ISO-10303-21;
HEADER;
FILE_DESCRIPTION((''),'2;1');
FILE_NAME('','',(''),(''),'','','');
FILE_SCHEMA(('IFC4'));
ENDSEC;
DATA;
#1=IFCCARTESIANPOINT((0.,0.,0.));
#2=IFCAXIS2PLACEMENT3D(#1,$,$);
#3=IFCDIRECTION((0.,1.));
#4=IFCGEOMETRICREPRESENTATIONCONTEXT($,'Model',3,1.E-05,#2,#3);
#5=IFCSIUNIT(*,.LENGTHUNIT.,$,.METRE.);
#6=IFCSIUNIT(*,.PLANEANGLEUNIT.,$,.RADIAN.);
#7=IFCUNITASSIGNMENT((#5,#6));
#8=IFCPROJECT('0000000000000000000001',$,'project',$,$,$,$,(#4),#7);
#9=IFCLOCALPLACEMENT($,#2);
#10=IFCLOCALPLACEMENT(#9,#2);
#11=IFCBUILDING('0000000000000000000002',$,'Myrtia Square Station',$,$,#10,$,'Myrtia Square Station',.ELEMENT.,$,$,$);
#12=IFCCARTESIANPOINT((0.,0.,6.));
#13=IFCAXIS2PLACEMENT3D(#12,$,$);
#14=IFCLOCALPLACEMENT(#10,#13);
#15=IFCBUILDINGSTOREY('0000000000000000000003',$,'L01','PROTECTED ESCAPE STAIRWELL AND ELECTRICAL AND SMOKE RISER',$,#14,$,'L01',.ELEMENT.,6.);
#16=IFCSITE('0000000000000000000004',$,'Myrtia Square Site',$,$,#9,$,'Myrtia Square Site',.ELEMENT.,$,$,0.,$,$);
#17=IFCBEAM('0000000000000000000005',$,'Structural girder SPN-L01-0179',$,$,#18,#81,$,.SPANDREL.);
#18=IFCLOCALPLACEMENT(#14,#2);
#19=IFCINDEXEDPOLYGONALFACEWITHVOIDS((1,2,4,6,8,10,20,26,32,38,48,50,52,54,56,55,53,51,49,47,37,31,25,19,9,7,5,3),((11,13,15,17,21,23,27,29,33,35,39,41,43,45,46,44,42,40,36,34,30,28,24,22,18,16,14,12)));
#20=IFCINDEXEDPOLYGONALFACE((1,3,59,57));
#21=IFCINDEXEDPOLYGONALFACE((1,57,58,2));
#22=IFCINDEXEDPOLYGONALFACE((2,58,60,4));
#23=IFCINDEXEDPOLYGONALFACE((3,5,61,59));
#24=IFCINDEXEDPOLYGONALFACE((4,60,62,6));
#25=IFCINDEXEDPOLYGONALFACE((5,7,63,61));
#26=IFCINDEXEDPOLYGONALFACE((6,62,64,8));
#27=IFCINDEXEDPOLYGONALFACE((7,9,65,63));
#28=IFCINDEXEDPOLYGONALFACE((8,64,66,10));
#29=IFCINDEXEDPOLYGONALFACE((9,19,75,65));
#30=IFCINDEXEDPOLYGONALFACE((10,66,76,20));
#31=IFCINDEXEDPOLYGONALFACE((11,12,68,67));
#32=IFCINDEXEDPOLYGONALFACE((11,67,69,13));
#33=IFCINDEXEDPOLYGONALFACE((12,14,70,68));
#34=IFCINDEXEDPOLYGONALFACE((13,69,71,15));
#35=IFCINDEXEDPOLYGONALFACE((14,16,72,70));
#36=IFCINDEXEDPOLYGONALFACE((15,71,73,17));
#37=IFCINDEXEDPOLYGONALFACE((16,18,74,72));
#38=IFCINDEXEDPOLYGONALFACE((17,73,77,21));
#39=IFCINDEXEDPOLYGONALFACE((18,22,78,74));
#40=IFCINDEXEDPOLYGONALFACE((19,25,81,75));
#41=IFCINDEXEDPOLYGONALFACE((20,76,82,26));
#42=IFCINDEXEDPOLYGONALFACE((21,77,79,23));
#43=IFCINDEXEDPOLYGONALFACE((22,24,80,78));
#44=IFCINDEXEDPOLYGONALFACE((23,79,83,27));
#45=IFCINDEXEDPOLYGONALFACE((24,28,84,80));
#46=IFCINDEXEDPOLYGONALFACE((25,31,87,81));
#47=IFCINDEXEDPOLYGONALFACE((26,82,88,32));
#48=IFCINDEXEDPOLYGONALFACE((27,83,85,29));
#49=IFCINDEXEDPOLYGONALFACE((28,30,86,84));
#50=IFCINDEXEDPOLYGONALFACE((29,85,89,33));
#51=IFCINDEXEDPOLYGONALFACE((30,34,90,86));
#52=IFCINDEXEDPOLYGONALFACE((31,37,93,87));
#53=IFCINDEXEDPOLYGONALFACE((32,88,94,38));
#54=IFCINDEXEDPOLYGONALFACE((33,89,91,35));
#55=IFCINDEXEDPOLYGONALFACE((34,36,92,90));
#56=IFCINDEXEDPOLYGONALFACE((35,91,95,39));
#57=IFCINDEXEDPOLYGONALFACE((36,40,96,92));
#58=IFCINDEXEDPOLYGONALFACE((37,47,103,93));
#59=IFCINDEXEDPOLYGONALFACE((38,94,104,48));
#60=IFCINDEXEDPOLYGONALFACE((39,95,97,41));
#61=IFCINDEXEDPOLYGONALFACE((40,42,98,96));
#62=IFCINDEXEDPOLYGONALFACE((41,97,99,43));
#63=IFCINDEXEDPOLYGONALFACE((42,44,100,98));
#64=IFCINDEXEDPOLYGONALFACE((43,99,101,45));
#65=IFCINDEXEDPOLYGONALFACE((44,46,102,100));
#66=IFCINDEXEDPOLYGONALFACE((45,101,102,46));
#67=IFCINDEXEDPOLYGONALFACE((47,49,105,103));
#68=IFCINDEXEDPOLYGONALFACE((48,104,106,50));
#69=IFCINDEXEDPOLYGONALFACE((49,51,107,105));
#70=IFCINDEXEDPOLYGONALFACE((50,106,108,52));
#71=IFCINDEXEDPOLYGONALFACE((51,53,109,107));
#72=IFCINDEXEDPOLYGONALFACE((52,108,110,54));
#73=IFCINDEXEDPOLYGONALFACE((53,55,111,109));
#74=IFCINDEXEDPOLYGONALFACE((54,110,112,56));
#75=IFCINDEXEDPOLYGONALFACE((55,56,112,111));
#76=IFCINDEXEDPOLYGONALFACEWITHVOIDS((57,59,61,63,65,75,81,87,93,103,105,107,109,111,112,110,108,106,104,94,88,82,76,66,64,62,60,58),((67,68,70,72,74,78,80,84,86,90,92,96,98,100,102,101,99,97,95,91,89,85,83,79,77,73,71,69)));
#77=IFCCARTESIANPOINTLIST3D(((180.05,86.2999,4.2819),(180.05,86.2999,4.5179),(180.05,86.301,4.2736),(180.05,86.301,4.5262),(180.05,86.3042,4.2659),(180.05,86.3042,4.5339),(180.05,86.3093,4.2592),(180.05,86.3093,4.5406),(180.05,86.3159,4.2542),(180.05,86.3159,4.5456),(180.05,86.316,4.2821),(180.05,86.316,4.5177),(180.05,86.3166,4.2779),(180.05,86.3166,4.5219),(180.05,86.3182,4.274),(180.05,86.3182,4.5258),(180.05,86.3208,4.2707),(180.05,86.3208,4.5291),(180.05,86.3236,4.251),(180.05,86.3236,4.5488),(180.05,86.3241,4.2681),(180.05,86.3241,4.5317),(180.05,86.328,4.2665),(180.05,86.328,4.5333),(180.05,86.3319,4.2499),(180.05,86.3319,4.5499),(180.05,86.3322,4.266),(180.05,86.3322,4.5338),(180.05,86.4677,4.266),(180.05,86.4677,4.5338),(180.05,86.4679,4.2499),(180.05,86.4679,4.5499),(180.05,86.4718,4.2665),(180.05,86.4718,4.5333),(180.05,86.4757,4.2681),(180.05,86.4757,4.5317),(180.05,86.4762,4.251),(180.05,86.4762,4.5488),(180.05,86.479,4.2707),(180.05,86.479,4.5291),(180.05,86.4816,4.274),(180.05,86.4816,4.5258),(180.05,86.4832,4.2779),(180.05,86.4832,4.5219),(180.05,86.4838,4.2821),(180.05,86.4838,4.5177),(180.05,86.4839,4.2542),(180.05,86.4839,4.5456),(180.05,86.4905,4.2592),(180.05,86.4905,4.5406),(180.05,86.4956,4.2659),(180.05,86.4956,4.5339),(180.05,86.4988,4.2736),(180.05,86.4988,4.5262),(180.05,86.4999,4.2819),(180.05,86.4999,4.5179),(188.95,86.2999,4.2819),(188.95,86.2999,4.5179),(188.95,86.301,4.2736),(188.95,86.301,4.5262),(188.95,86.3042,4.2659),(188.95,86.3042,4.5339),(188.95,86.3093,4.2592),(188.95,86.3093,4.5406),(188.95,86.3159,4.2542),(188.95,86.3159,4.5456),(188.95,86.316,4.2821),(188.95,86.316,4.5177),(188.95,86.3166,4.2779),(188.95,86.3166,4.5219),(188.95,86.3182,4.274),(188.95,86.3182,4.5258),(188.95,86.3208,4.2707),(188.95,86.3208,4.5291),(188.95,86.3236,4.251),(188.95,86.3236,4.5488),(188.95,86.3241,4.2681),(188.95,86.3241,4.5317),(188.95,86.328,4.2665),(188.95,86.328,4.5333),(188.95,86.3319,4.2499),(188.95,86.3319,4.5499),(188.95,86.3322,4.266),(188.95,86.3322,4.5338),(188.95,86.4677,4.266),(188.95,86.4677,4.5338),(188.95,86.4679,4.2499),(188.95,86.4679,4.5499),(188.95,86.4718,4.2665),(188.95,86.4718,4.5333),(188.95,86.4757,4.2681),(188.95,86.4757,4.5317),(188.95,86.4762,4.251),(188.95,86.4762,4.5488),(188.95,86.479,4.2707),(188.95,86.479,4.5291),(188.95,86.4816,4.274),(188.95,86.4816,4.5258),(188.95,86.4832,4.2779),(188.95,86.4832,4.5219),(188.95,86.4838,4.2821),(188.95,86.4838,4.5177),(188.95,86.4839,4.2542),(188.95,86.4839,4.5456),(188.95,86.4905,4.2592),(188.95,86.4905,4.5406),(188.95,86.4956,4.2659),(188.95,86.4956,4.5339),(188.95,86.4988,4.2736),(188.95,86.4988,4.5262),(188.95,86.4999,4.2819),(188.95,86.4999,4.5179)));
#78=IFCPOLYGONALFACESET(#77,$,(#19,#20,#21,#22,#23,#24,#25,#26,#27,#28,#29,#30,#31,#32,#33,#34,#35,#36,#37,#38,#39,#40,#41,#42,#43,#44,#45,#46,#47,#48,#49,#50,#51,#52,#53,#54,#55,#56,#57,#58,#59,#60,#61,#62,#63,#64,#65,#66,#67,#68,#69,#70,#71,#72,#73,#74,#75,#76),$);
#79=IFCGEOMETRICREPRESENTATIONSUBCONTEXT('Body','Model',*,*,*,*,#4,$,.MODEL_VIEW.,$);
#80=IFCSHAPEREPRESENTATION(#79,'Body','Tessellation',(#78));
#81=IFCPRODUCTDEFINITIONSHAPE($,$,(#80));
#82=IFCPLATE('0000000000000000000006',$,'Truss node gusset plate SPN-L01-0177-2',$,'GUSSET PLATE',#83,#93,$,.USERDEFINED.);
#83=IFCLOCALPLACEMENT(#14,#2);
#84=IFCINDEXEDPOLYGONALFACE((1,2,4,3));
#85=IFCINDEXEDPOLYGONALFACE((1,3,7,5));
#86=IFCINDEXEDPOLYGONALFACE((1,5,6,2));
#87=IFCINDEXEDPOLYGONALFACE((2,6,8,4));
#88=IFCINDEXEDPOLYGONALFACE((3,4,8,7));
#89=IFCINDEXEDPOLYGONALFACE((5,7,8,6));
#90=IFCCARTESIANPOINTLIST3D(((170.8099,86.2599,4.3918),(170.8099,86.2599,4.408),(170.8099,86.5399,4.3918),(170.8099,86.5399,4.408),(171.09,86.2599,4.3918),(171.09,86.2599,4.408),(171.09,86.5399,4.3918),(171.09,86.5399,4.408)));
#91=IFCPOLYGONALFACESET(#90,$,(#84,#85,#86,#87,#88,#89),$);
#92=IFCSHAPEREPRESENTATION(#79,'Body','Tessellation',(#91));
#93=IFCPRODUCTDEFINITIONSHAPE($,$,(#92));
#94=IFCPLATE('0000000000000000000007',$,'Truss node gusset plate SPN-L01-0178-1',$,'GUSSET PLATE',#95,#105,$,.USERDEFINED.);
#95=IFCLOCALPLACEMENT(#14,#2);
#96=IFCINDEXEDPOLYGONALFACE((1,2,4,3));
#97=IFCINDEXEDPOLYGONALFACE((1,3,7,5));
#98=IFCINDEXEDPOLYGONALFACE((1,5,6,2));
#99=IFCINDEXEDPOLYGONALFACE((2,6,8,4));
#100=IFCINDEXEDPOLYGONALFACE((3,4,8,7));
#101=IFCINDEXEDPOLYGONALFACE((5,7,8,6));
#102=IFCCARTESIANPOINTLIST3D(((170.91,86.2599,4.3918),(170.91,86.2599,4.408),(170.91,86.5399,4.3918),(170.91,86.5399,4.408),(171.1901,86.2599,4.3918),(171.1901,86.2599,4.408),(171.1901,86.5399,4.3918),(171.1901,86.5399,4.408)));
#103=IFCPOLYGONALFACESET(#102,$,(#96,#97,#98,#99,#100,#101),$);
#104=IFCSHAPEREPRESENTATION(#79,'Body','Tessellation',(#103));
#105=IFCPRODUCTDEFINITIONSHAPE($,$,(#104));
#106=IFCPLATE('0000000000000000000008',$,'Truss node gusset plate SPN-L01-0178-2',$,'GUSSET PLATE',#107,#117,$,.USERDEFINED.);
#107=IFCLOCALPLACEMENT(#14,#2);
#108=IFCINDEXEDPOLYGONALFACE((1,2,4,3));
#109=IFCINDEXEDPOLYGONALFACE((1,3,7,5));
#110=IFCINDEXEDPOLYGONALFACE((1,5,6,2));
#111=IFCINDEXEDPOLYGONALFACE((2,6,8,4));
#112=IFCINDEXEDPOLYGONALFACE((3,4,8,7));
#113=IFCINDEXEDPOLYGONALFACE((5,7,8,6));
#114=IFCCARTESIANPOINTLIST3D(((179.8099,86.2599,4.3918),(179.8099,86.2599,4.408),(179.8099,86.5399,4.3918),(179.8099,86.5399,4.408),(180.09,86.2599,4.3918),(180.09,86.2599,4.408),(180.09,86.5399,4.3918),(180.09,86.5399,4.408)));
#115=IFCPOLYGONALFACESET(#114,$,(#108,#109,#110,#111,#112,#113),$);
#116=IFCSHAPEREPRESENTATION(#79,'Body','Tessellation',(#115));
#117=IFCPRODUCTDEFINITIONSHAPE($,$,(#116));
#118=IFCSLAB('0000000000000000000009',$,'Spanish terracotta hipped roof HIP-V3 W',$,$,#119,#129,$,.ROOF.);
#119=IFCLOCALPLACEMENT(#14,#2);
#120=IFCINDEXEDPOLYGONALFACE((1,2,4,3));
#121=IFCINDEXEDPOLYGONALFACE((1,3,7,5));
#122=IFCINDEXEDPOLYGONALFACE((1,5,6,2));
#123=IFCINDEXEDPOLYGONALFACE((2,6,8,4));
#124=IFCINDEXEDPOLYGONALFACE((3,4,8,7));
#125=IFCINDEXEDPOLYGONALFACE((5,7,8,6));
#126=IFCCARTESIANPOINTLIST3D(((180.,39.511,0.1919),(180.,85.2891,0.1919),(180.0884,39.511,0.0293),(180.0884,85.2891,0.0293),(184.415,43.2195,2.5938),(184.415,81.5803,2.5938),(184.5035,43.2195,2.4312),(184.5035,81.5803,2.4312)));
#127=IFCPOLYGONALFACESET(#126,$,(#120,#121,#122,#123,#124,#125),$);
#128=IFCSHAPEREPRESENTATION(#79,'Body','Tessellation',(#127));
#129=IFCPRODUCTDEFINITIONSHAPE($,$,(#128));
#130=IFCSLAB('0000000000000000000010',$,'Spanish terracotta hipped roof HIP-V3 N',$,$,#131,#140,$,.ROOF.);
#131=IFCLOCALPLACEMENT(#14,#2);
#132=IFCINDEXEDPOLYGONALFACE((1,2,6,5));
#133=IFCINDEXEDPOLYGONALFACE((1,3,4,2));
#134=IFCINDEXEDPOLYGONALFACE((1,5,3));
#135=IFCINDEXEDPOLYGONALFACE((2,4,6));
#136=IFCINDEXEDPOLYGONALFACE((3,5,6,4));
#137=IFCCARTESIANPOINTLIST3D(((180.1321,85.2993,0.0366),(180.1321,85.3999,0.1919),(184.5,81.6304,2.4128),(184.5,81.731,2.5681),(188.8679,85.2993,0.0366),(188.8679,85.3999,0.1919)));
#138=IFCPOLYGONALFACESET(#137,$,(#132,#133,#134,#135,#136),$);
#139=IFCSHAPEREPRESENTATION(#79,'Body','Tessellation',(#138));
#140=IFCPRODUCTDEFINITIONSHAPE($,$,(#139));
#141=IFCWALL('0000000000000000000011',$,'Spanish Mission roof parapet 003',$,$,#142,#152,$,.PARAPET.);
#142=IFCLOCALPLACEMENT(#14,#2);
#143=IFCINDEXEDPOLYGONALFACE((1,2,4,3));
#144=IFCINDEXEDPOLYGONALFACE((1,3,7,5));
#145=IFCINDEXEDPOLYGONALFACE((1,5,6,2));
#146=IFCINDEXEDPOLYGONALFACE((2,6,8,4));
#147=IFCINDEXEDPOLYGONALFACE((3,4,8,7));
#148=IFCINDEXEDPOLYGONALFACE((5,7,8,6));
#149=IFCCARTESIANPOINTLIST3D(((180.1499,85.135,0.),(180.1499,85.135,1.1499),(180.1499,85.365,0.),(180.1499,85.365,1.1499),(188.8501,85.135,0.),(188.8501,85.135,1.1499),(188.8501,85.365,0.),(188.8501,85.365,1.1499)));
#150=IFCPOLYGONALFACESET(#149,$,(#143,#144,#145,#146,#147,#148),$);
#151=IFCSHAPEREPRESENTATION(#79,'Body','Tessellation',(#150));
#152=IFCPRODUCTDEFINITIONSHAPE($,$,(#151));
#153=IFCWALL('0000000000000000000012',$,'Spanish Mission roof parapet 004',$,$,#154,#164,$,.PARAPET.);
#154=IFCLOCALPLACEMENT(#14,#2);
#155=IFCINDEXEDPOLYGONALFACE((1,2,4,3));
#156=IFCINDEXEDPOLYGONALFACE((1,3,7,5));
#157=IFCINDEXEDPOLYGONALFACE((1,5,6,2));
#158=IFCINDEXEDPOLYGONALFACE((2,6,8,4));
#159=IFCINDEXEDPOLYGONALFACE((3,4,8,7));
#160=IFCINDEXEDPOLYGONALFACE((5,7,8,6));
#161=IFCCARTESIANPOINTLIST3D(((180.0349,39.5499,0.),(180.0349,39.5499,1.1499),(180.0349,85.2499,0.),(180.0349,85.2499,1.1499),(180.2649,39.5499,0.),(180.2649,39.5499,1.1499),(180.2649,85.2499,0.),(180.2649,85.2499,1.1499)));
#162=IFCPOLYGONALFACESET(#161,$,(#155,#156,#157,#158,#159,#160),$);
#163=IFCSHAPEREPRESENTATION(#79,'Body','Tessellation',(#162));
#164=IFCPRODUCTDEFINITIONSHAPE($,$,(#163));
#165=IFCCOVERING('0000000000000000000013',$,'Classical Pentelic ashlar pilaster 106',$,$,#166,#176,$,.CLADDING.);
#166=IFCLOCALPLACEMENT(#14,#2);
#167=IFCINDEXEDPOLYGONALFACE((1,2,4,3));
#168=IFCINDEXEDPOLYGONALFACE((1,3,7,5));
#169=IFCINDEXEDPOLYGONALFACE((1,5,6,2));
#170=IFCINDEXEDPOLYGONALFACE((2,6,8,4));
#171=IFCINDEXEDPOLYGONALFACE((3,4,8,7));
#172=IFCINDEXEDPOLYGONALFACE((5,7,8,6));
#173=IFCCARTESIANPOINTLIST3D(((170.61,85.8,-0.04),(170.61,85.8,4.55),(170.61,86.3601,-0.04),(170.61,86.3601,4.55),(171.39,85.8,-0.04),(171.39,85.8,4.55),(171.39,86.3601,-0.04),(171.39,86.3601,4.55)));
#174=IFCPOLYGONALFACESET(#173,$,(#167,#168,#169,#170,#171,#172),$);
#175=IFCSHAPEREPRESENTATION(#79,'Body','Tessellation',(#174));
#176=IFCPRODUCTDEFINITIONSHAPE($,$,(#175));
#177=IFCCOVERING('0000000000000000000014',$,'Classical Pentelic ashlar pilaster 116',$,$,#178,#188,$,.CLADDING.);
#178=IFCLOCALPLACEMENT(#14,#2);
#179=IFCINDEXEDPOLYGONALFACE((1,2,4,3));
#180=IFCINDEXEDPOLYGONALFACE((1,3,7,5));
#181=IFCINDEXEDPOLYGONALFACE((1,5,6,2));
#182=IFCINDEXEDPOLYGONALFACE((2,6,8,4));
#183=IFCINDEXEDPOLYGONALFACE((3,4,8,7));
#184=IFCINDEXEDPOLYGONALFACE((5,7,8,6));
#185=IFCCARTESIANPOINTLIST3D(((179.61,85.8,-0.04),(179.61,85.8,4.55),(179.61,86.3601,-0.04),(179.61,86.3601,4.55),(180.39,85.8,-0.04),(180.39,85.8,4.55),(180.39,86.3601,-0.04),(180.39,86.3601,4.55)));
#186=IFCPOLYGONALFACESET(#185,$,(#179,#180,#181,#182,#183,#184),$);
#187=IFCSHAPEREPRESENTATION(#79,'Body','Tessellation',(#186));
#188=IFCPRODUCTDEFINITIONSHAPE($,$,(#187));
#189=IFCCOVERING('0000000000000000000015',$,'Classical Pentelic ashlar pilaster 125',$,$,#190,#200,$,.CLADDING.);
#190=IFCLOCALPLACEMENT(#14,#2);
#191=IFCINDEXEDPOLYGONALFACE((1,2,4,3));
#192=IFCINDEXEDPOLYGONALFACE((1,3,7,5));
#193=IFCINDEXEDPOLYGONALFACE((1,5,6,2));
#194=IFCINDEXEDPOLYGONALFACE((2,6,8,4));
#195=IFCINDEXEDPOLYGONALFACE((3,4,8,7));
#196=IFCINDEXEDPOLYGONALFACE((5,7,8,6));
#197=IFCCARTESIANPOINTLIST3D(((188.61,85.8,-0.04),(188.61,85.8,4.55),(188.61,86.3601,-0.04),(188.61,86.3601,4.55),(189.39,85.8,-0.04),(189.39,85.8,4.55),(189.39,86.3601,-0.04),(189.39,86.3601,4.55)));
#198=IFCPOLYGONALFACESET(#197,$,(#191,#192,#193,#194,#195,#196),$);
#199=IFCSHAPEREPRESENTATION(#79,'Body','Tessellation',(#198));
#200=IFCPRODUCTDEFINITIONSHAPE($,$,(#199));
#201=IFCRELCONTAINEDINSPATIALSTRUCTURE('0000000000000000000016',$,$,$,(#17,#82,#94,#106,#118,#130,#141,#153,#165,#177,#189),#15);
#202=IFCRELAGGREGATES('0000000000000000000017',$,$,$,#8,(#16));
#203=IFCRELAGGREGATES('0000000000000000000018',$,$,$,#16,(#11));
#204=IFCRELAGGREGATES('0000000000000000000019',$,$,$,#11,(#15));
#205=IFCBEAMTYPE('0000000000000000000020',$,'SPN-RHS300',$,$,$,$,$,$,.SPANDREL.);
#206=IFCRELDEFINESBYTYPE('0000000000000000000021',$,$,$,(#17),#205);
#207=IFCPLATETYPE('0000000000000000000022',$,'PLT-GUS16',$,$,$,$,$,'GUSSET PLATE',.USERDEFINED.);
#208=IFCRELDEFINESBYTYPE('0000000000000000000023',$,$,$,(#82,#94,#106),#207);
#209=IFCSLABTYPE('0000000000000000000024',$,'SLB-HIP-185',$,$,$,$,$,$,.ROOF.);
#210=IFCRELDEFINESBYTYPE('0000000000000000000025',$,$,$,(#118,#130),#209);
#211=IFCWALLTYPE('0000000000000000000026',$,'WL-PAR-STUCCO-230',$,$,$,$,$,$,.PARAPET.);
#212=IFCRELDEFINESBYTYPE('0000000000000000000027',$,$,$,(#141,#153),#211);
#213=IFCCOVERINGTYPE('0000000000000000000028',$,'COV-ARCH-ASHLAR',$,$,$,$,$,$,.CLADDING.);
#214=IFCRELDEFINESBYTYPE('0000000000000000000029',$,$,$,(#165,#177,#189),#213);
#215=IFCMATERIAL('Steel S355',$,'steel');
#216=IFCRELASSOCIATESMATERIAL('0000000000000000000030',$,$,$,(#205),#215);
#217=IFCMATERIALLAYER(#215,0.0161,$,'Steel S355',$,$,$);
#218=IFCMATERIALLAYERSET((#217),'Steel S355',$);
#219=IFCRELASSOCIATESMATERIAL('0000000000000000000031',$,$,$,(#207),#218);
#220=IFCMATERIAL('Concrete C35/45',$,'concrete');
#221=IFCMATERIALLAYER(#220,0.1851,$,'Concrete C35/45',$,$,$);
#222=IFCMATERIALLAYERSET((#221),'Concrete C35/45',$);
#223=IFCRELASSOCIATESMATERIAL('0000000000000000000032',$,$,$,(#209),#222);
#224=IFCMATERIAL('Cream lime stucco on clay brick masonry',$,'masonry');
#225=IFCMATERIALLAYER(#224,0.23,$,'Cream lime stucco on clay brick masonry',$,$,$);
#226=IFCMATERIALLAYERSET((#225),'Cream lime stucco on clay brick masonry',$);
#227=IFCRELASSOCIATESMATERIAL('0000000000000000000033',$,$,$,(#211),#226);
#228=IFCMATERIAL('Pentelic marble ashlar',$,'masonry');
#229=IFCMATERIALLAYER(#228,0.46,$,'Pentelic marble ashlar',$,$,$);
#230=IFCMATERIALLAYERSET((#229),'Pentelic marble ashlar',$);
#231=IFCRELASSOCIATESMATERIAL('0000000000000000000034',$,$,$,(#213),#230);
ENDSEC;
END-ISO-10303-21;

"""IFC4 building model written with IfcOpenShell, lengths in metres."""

from ifc_helpers import new_model, si_unit, direction, frame, frame_2d, origin, origin_2d, place, context, subcontext, project, spatial, polyline, rectangle, hollow_rectangle, outline, extrude, material, layer, layer_set, material_profile, profile_set, type_object, element, save


model = new_model("IFC4")

# Units and contexts
model_context = context("Model", 3, precision=1e-05, world=origin(), true_north=direction((0.0, 1.0)))
body_context = subcontext(model_context, "Body", "Model", "MODEL_VIEW")
ifc_project = project(units=[si_unit("LENGTHUNIT", "METRE"), si_unit("PLANEANGLEUNIT", "RADIAN")], contexts=[model_context])

# Site, building, storey
site_placement = place(None, origin())
site = spatial("IfcSite", under=ifc_project, at=site_placement, Name="Myrtia Square Site", LongName="Myrtia Square Site", CompositionType="ELEMENT", RefElevation=0.0)
building_placement = place(site_placement, origin())
building = spatial("IfcBuilding", under=site, at=building_placement, Name="Myrtia Square Station", LongName="Myrtia Square Station", CompositionType="ELEMENT")
storey_placement = place(building_placement, frame((0.0, 0.0, 6.0)))
storey = spatial("IfcBuildingStorey", under=building, at=storey_placement, Name="L01", Description="PROTECTED ESCAPE STAIRWELL AND ELECTRICAL AND SMOKE RISER", LongName="L01", CompositionType="ELEMENT", Elevation=6.0)

# Shared definitions
ifc_material_1 = material(Name="Steel S355", Category="steel")

# Beam
ifc_material_profile_1 = material_profile(ifc_material_1, hollow_rectangle(XDim=0.2, YDim=0.3, WallThickness=0.0161, InnerFilletRadius=0.0161, OuterFilletRadius=0.032, at=origin_2d()), Name="RHS 300x200x16")
ifc_profile_set_1 = profile_set([ifc_material_profile_1], Name="Steel S355")
beam_type = type_object("IfcBeamType", Name="SPN-RHS300", PredefinedType="SPANDREL", material=ifc_profile_set_1)
for number, where, z_axis, x_axis, name in (
    (1, (180.05, 86.3999, 4.3999), (1.0, 0.0, 0.0), (0.0, 1.0, 0.0), "Structural girder SPN-L01-0179"),
):
    element("IfcBeam", number, at=place(storey_placement, frame(where, z_axis=z_axis, x_axis=x_axis)), inside=storey, type_object=beam_type, Name=name, PredefinedType="SPANDREL", context=body_context, shape_type="SweptSolid", body=[
        extrude(hollow_rectangle(XDim=0.2, YDim=0.3, WallThickness=0.0161, InnerFilletRadius=0.0161, OuterFilletRadius=0.032, at=origin_2d()), origin(), (0.0, 0.0, 1.0), 8.8999),
    ])

# Plates
ifc_layer_1 = layer(ifc_material_1, 0.0161, Name="Steel S355")
ifc_layer_set_1 = layer_set([ifc_layer_1], Name="Steel S355")
plate_type = type_object("IfcPlateType", Name="PLT-GUS16", ElementType="GUSSET PLATE", PredefinedType="USERDEFINED", material=ifc_layer_set_1)
for number, where, z_axis, x_axis, name in (
    (2, (170.95, 86.3999, 4.3918), (0.0, 0.0, 1.0), (1.0, 0.0, 0.0), "Truss node gusset plate SPN-L01-0177-2"),
    (3, (171.05, 86.3999, 4.3918), (0.0, 0.0, 1.0), (1.0, 0.0, 0.0), "Truss node gusset plate SPN-L01-0178-1"),
    (4, (179.95, 86.3999, 4.3918), (0.0, 0.0, 1.0), (1.0, 0.0, 0.0), "Truss node gusset plate SPN-L01-0178-2"),
):
    element("IfcPlate", number, at=place(storey_placement, frame(where, z_axis=z_axis, x_axis=x_axis)), inside=storey, type_object=plate_type, Name=name, ObjectType="GUSSET PLATE", PredefinedType="USERDEFINED", context=body_context, shape_type="SweptSolid", body=[
        extrude(rectangle(XDim=0.28, YDim=0.28, at=origin_2d()), origin(), (0.0, 0.0, 1.0), 0.0161),
    ])

# Slabs
ifc_material_2 = material(Name="Concrete C35/45", Category="concrete")
ifc_layer_2 = layer(ifc_material_2, 0.1851, Name="Concrete C35/45")
ifc_layer_set_2 = layer_set([ifc_layer_2], Name="Concrete C35/45")
slab_type = type_object("IfcSlabType", Name="SLB-HIP-185", PredefinedType="ROOF", material=ifc_layer_set_2)
slab_1_placement = place(storey_placement, frame((180.0, 85.2891, 0.1919), z_axis=(-0.477878, 0.0, 0.878426), x_axis=(0.0, -1.0, 0.0)))
element("IfcSlab", 5, at=slab_1_placement, inside=storey, type_object=slab_type, Name="Spanish terracotta hipped roof HIP-V3 W", PredefinedType="ROOF", context=body_context, shape_type="SweptSolid", body=[
    extrude(outline(polyline([(0.0, 0.0), (45.7781, 0.0), (42.0696, 5.0261), (3.7087, 5.0261), (0.0, 0.0)])), origin(), (0.0, 0.0, -1.0), 0.1851),
])
slab_2_placement = place(storey_placement, frame((188.8679, 85.3999, 0.1919), z_axis=(0.0, 0.543606, 0.839341), x_axis=(-1.0, 0.0, 0.0)))
element("IfcSlab", 6, at=slab_2_placement, inside=storey, type_object=slab_type, Name="Spanish terracotta hipped roof HIP-V3 N", PredefinedType="ROOF", context=body_context, shape_type="SweptSolid", body=[
    extrude(outline(polyline([(0.0, 0.0), (8.7358, 0.0), (4.3679, 4.3712), (0.0, 0.0)])), origin(), (0.0, 0.0, -1.0), 0.1851),
])

# Walls
ifc_material_3 = material(Name="Cream lime stucco on clay brick masonry", Category="masonry")
ifc_layer_3 = layer(ifc_material_3, 0.23, Name="Cream lime stucco on clay brick masonry")
ifc_layer_set_3 = layer_set([ifc_layer_3], Name="Cream lime stucco on clay brick masonry")
wall_type = type_object("IfcWallType", Name="WL-PAR-STUCCO-230", PredefinedType="PARAPET", material=ifc_layer_set_3)
wall_1_placement = place(storey_placement, frame((188.8501, 85.25, 0.0), z_axis=(0.0, 0.0, 1.0), x_axis=(-1.0, 0.0, 0.0)))
element("IfcWall", 7, at=wall_1_placement, inside=storey, type_object=wall_type, Name="Spanish Mission roof parapet 003", PredefinedType="PARAPET", context=body_context, shape_type="SweptSolid", body=[
    extrude(rectangle(XDim=8.7002, YDim=0.23, at=frame_2d((4.3501, 0.0))), origin(), (0.0, 0.0, 1.0), 1.1499),
])
wall_2_placement = place(storey_placement, frame((180.1499, 85.25, 0.0), z_axis=(0.0, 0.0, 1.0), x_axis=(0.0, -1.0, 0.0)))
element("IfcWall", 8, at=wall_2_placement, inside=storey, type_object=wall_type, Name="Spanish Mission roof parapet 004", PredefinedType="PARAPET", context=body_context, shape_type="SweptSolid", body=[
    extrude(rectangle(XDim=45.7, YDim=0.23, at=frame_2d((22.8501, 0.0))), origin(), (0.0, 0.0, 1.0), 1.1499),
])

# Coverings
ifc_material_4 = material(Name="Pentelic marble ashlar", Category="masonry")
ifc_layer_4 = layer(ifc_material_4, 0.46, Name="Pentelic marble ashlar")
ifc_layer_set_4 = layer_set([ifc_layer_4], Name="Pentelic marble ashlar")
covering_type_1 = type_object("IfcCoveringType", Name="COV-ARCH-ASHLAR", PredefinedType="CLADDING", material=ifc_layer_set_4)
for number, where, z_axis, x_axis, name in (
    (9, (171.0, 86.0801, -0.04), (0.0, 0.0, 1.0), (1.0, 0.0, 0.0), "Classical Pentelic ashlar pilaster 106"),
    (10, (180.0, 86.0801, -0.04), (0.0, 0.0, 1.0), (1.0, 0.0, 0.0), "Classical Pentelic ashlar pilaster 116"),
    (11, (189.0, 86.0801, -0.04), (0.0, 0.0, 1.0), (1.0, 0.0, 0.0), "Classical Pentelic ashlar pilaster 125"),
):
    element("IfcCovering", number, at=place(storey_placement, frame(where, z_axis=z_axis, x_axis=x_axis)), inside=storey, type_object=covering_type_1, Name=name, PredefinedType="CLADDING", context=body_context, shape_type="SweptSolid", body=[
        extrude(rectangle(XDim=0.78, YDim=0.5601, at=origin_2d()), origin(), (0.0, 0.0, 1.0), 4.5901),
    ])

save(model, "model.ifc")
